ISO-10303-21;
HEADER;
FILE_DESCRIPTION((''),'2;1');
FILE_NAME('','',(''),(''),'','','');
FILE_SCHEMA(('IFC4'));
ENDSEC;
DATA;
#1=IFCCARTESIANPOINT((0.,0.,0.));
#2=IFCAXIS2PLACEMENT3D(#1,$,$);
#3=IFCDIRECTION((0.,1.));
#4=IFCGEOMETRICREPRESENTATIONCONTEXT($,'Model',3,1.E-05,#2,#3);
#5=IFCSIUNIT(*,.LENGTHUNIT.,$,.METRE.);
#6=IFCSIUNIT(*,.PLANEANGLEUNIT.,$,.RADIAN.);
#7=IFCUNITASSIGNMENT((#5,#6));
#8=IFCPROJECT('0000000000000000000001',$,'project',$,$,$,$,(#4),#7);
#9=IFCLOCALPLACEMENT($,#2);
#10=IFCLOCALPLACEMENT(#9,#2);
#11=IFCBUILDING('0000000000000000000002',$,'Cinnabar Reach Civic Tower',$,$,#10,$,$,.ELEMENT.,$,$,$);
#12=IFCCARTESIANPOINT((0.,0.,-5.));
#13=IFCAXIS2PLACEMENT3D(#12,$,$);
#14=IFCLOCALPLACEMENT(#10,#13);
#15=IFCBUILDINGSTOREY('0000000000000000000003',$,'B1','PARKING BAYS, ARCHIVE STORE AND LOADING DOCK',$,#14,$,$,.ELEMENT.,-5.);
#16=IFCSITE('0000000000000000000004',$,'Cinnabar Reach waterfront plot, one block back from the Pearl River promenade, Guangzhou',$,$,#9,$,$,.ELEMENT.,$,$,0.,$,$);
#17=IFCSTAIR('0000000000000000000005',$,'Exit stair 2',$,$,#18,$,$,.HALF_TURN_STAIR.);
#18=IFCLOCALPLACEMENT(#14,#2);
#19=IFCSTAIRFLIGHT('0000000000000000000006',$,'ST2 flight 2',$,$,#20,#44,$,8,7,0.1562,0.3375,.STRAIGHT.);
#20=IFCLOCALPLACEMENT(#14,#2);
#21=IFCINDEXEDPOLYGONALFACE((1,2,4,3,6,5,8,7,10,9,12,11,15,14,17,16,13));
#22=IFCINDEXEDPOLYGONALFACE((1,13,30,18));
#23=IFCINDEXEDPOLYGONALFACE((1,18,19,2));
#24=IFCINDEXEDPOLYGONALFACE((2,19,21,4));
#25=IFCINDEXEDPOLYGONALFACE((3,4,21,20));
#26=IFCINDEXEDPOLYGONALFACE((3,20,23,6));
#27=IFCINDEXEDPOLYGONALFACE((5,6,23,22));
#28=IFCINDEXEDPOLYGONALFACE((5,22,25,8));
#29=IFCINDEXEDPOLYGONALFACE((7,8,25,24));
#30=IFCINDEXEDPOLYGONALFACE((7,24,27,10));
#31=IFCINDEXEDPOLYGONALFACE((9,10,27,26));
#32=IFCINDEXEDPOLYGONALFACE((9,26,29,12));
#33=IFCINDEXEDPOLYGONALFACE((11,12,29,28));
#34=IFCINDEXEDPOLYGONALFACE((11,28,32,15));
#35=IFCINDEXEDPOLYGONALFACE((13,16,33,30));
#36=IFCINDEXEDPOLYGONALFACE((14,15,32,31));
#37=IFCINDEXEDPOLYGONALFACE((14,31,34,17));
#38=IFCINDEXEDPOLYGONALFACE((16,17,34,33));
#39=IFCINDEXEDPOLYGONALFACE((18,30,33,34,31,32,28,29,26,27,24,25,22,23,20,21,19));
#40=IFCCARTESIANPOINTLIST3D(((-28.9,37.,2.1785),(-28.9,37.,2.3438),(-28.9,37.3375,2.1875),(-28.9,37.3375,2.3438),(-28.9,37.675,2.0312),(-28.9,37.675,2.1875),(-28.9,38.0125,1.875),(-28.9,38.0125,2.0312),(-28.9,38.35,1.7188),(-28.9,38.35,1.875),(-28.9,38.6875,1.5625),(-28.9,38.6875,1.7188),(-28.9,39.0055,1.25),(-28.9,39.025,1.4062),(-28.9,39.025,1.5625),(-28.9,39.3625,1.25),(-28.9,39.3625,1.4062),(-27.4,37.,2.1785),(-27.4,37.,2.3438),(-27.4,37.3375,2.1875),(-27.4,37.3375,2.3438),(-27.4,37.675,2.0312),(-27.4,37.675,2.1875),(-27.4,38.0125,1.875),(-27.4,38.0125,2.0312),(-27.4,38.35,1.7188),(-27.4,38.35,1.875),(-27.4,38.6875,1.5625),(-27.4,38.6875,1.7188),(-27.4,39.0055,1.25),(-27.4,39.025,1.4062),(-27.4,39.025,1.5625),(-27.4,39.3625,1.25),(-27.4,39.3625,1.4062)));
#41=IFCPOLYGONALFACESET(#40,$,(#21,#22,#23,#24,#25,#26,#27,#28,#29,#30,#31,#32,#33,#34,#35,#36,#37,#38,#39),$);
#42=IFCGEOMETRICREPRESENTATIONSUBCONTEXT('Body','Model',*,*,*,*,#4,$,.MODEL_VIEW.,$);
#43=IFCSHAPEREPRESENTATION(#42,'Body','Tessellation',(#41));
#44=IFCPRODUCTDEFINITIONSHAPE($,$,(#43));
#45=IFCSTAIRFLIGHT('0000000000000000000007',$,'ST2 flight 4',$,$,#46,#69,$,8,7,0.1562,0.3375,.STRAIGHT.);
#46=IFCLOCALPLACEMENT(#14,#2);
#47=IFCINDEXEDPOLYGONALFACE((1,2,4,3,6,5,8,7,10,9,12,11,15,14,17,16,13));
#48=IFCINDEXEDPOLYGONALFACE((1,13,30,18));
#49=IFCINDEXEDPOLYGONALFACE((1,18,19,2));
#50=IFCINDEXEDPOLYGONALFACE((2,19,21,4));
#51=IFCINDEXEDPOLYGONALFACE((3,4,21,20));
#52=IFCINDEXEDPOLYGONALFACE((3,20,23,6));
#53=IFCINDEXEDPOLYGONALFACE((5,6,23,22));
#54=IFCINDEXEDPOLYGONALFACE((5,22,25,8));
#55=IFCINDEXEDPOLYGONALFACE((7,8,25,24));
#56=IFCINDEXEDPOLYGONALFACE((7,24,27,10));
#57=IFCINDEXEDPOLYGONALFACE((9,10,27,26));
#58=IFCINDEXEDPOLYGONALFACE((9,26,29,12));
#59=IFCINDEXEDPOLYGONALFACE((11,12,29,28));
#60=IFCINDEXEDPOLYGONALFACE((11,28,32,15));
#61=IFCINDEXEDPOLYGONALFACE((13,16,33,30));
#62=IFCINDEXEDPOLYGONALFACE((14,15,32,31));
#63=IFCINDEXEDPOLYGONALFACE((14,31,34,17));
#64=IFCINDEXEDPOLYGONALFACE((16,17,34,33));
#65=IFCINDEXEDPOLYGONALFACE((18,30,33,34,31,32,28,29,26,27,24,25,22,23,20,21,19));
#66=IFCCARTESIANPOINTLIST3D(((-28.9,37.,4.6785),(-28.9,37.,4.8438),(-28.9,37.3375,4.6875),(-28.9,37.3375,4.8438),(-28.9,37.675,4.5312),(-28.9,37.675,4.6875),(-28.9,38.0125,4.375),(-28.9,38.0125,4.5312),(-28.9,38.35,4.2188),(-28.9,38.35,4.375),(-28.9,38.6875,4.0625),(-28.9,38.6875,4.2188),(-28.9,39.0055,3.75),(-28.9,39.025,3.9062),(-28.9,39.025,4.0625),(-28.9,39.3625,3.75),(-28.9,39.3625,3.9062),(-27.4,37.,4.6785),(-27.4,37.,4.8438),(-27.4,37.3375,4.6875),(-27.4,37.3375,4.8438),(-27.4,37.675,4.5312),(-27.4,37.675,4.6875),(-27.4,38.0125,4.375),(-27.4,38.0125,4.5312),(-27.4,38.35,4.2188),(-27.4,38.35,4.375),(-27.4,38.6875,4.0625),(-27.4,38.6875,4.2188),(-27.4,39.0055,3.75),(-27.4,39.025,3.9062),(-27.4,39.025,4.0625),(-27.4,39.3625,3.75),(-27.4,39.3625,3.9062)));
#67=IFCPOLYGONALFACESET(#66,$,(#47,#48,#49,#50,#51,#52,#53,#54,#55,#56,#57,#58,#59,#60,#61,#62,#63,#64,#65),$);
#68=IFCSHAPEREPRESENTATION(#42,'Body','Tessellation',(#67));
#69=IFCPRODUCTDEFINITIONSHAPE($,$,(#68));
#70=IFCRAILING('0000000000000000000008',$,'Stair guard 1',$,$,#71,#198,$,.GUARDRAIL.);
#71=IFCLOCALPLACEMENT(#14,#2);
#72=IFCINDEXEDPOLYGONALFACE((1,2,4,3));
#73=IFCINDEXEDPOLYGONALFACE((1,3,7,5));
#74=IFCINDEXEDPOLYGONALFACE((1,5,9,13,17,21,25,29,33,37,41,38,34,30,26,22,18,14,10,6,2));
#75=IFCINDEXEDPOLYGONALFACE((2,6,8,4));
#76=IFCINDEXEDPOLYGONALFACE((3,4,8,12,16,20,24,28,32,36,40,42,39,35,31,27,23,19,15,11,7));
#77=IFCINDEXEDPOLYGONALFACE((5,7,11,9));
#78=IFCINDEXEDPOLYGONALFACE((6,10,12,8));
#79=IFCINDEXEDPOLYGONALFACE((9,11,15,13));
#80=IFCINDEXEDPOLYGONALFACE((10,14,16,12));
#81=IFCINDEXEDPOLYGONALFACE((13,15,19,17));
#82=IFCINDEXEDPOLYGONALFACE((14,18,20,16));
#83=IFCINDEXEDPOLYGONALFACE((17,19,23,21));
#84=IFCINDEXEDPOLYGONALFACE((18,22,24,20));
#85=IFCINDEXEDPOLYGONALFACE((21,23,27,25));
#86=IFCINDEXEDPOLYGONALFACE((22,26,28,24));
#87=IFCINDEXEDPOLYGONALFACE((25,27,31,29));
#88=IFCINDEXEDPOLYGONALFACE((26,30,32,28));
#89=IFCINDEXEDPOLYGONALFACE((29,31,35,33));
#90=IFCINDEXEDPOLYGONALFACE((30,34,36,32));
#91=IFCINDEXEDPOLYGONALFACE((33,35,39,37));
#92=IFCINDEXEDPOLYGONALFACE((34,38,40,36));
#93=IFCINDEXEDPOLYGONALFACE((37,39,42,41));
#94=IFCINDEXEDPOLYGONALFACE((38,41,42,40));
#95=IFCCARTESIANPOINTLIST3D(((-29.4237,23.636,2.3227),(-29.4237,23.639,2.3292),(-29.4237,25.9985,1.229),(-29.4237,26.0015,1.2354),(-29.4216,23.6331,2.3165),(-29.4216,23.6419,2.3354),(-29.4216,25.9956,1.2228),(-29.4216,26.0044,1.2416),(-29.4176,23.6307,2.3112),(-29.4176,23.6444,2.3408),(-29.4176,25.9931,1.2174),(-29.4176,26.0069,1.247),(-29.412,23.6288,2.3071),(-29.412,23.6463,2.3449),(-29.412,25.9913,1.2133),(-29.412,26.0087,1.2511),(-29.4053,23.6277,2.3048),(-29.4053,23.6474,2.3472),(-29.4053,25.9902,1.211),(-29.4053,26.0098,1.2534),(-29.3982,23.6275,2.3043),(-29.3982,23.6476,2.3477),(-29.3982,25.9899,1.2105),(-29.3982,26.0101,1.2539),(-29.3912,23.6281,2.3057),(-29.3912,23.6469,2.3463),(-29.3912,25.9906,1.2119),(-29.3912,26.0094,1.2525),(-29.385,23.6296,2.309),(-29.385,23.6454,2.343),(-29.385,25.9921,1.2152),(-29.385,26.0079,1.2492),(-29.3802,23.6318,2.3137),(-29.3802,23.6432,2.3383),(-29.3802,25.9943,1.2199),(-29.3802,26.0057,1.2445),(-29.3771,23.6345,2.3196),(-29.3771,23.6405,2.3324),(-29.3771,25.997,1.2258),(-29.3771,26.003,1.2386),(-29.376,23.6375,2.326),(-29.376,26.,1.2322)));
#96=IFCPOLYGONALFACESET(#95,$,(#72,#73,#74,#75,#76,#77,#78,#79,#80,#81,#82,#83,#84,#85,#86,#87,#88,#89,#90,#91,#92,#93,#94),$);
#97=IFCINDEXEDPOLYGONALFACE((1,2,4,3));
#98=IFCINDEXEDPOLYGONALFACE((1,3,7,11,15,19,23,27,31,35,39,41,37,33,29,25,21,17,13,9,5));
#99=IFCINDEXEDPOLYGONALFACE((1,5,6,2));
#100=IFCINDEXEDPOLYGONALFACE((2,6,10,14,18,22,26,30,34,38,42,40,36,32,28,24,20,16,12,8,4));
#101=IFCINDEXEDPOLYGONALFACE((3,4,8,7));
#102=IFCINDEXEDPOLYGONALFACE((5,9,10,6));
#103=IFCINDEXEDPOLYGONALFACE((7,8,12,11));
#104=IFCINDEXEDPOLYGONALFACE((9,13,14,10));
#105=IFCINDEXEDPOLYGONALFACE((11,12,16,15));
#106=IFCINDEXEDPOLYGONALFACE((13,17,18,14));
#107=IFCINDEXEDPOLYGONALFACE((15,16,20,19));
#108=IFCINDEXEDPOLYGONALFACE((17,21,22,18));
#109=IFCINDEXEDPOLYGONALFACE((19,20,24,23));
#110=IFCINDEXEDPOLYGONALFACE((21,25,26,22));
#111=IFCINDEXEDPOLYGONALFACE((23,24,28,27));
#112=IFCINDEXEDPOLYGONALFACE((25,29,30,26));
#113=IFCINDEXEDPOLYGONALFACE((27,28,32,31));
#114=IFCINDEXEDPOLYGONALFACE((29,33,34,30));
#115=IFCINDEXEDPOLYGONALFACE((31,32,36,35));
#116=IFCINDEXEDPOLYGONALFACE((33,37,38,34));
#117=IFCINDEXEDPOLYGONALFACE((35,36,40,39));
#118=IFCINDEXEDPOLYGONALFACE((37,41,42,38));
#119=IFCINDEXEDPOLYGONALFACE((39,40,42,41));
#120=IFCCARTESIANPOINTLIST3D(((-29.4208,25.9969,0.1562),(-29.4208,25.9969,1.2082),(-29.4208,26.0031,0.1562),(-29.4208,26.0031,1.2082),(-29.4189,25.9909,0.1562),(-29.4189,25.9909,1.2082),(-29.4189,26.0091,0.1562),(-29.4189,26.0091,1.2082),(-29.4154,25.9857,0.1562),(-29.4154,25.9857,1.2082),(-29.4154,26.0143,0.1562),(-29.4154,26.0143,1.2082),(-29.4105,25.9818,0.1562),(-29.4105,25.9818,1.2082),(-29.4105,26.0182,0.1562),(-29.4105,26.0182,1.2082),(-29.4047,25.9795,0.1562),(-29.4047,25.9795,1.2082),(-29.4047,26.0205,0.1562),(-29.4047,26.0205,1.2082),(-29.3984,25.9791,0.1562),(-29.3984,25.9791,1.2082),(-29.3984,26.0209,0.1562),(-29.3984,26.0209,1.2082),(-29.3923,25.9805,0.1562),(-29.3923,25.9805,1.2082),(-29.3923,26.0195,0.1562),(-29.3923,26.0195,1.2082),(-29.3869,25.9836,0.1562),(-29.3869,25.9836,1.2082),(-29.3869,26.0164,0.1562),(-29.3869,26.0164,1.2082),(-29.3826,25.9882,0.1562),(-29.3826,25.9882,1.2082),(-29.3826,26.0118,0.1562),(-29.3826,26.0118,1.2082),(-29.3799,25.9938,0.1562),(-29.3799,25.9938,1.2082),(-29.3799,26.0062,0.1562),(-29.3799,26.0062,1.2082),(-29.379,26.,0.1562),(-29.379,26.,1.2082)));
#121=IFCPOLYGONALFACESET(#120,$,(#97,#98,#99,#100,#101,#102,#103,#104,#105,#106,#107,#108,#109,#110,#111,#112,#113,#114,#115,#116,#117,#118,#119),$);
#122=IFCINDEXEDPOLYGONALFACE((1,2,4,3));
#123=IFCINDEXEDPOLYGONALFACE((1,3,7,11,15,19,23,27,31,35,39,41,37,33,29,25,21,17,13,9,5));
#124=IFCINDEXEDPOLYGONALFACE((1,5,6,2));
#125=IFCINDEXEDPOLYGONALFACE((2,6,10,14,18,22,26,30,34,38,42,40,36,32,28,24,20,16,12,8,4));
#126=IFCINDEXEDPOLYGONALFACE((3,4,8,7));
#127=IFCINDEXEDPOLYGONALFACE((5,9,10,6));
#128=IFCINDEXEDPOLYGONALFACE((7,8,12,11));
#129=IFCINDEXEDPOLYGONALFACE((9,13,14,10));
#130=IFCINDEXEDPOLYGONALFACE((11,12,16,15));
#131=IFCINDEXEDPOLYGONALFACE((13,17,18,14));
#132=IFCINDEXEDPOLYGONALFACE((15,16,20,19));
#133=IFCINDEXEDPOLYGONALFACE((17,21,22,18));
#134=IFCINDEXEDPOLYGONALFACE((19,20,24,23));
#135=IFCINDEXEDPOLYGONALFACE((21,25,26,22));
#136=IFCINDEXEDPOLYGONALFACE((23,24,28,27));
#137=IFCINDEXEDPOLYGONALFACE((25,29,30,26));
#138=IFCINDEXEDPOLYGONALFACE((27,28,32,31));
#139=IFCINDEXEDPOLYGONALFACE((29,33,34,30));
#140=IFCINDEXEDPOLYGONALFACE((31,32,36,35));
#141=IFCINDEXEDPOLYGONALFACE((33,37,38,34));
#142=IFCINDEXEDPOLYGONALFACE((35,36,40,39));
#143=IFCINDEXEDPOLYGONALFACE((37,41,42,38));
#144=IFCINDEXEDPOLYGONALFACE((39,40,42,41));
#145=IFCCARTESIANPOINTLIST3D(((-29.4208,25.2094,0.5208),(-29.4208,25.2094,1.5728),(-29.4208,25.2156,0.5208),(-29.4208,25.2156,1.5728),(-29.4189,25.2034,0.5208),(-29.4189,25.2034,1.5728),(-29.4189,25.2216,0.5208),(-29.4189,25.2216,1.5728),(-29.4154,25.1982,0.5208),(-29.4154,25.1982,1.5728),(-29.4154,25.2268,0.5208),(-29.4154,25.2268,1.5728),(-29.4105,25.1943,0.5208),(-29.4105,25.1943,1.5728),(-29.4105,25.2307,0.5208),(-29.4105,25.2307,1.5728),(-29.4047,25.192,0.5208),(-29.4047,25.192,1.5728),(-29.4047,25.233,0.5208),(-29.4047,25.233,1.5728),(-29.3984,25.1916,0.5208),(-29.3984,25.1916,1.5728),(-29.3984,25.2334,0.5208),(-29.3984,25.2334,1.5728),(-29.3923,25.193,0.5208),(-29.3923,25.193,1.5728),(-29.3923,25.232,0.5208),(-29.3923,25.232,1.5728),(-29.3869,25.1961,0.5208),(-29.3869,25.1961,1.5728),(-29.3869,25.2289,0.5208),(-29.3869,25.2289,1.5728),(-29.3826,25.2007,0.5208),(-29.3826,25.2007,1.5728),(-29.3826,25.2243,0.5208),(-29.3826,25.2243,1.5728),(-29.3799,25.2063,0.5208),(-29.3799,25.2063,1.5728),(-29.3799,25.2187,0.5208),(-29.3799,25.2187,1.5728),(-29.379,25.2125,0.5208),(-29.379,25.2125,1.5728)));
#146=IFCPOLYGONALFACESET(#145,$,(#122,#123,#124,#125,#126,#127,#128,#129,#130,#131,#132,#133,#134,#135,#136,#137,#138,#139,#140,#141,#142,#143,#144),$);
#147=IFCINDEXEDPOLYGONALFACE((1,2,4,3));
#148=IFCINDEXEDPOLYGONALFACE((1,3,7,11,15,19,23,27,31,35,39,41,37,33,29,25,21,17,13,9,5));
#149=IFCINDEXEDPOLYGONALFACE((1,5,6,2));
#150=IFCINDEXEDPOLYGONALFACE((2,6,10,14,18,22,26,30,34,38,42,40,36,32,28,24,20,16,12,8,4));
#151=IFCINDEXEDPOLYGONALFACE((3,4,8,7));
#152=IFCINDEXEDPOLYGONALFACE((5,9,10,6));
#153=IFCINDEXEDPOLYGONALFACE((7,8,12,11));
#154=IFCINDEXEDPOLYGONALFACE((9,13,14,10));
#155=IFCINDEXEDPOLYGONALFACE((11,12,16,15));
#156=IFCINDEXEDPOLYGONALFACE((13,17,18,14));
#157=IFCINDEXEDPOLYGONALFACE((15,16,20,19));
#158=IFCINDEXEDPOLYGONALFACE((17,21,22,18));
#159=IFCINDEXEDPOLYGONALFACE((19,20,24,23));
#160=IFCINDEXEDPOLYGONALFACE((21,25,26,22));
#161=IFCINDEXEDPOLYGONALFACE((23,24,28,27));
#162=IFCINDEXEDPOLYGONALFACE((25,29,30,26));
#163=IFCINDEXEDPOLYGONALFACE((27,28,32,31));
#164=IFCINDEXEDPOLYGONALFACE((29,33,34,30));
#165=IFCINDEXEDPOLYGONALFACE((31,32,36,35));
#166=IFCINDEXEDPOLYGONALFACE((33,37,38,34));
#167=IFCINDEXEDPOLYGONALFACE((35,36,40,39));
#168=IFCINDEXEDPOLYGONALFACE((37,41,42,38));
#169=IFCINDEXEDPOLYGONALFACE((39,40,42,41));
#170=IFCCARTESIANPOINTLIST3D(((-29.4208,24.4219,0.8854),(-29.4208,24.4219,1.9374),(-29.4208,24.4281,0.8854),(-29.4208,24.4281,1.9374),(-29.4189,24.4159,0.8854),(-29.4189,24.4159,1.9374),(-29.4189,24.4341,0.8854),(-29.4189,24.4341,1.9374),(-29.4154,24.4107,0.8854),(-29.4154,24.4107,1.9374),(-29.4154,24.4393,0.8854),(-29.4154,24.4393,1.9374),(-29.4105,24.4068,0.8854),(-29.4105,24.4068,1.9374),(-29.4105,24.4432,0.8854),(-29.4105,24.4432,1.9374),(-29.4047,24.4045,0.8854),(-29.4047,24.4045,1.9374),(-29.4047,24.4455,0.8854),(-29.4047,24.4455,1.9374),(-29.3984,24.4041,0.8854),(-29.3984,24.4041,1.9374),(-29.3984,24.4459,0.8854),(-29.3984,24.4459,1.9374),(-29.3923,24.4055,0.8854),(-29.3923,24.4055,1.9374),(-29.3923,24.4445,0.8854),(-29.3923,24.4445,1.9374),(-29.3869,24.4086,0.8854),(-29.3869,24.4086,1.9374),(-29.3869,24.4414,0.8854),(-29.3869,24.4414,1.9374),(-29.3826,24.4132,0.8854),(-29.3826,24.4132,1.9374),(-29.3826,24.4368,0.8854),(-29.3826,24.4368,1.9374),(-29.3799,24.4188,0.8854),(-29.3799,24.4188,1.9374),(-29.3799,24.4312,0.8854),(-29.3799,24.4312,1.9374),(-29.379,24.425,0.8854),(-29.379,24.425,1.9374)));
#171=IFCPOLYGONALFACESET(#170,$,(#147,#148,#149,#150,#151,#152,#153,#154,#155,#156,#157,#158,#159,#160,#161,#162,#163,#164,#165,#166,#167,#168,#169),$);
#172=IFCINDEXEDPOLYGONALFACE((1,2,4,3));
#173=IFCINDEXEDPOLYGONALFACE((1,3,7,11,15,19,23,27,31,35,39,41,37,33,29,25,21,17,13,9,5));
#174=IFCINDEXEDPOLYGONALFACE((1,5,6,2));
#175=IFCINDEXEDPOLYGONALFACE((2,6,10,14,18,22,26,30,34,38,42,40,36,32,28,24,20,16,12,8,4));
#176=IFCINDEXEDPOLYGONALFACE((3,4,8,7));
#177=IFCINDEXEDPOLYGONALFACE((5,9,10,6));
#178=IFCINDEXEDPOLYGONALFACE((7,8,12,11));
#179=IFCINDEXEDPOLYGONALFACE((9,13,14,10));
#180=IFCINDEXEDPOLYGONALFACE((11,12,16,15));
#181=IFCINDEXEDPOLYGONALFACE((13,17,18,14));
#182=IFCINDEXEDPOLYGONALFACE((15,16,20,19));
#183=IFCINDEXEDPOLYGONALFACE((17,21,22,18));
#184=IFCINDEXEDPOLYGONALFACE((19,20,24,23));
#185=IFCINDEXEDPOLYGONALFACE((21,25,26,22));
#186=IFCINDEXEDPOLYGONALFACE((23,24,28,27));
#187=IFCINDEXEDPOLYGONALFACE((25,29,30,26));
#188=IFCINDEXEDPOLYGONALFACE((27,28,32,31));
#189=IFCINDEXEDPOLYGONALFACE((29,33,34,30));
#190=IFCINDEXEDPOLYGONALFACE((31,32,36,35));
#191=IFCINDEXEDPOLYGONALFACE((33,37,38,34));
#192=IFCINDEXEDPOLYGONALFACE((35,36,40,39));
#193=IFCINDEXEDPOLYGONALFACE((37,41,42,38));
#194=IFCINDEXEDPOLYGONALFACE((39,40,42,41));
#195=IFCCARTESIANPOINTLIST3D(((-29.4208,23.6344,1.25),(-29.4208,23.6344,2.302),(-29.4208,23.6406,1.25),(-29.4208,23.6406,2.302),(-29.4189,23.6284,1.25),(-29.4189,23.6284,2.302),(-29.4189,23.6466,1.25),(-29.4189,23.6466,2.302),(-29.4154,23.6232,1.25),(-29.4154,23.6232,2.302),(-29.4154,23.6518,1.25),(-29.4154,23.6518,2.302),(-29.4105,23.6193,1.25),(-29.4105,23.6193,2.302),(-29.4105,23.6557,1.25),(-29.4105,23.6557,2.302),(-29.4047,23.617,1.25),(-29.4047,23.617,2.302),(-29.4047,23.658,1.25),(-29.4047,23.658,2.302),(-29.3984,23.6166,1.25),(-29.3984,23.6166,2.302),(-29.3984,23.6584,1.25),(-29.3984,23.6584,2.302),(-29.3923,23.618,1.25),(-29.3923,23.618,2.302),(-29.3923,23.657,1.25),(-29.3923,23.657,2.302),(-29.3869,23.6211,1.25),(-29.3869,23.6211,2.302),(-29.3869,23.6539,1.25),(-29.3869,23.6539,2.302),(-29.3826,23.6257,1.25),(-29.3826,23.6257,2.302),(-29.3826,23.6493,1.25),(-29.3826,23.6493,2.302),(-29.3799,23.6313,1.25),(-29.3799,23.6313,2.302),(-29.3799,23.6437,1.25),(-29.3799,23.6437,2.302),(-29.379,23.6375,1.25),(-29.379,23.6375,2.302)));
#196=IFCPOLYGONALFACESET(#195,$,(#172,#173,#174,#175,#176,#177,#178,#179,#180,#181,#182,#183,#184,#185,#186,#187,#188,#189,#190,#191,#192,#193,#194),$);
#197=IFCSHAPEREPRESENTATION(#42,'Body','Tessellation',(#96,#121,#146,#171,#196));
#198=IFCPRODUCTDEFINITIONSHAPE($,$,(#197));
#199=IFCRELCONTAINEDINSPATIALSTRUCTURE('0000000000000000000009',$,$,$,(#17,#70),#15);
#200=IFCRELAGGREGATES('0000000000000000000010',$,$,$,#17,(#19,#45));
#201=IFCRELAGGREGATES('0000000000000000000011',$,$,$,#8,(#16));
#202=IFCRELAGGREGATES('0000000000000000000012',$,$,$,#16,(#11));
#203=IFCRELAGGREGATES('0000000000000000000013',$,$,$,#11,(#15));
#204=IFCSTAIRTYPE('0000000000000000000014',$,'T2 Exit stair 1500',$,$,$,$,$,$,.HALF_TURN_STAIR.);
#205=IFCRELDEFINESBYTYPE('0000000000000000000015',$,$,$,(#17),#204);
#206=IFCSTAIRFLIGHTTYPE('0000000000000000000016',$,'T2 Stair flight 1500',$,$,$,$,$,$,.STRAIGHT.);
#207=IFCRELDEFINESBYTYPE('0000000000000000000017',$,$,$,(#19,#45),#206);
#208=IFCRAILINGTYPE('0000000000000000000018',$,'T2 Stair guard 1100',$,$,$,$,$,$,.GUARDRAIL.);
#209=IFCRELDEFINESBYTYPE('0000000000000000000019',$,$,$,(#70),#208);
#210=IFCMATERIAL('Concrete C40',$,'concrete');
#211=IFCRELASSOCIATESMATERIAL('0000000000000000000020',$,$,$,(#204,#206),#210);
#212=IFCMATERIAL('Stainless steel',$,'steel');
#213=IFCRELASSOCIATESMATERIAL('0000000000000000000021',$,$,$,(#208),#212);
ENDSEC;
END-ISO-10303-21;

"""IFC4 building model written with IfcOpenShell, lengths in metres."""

from ifc_helpers import new_model, si_unit, direction, frame, origin, origin_2d, place, context, subcontext, project, spatial, polyline, circle, outline, extrude, material, type_object, element, aggregate, save


model = new_model("IFC4")

# Units and contexts
model_context = context("Model", 3, precision=1e-05, world=origin(), true_north=direction((0.0, 1.0)))
body_context = subcontext(model_context, "Body", "Model", "MODEL_VIEW")
ifc_project = project(units=[si_unit("LENGTHUNIT", "METRE"), si_unit("PLANEANGLEUNIT", "RADIAN")], contexts=[model_context])

# Site, building, storey
site_placement = place(None, origin())
site = spatial("IfcSite", under=ifc_project, at=site_placement, Name="Cinnabar Reach waterfront plot, one block back from the Pearl River promenade, Guangzhou", CompositionType="ELEMENT", RefElevation=0.0)
building_placement = place(site_placement, origin())
building = spatial("IfcBuilding", under=site, at=building_placement, Name="Cinnabar Reach Civic Tower", CompositionType="ELEMENT")
storey_placement = place(building_placement, frame((0.0, 0.0, -5.0)))
storey = spatial("IfcBuildingStorey", under=building, at=storey_placement, Name="B1", Description="PARKING BAYS, ARCHIVE STORE AND LOADING DOCK", CompositionType="ELEMENT", Elevation=-5.0)

# Shared definitions
ifc_material_1 = material(Name="Concrete C40", Category="concrete")

# Stair, stair flights
stair_type = type_object("IfcStairType", Name="T2 Exit stair 1500", PredefinedType="HALF_TURN_STAIR", material=ifc_material_1)
stair_placement = place(storey_placement, origin())
stair = element("IfcStair", 1, at=stair_placement, inside=storey, type_object=stair_type, Name="Exit stair 2", PredefinedType="HALF_TURN_STAIR")
stair_flight_type = type_object("IfcStairFlightType", Name="T2 Stair flight 1500", PredefinedType="STRAIGHT", material=ifc_material_1)
stair_flight_1_placement = place(storey_placement, frame((-28.15, 39.3625, 1.25), z_axis=(0.0, 0.0, 1.0), x_axis=(0.0, -1.0, 0.0)))
stair_flight_1 = element("IfcStairFlight", 2, at=stair_flight_1_placement, type_object=stair_flight_type, Name="ST2 flight 2", NumberOfRisers=8, NumberOfTreads=7, PredefinedType="STRAIGHT", RiserHeight=0.1562, TreadLength=0.3375, context=body_context, shape_type="SweptSolid", body=[
    extrude(outline(polyline([(0.0, 0.0), (0.0, 0.1562), (0.3375, 0.1562), (0.3375, 0.3125), (0.675, 0.3125), (0.675, 0.4688), (1.0125, 0.4688), (1.0125, 0.625), (1.35, 0.625), (1.35, 0.7812), (1.6875, 0.7812), (1.6875, 0.9375), (2.025, 0.9375), (2.025, 1.0938), (2.3625, 1.0938), (2.3625, 1.25), (2.3625, 0.9285), (0.357, 0.0), (0.0, 0.0)])), frame((0.0, 0.75, 0.0), z_axis=(0.0, -1.0, 0.0), x_axis=(1.0, 0.0, 0.0)), (0.0, 0.0, 1.0), 1.5),
])
stair_flight_2_placement = place(storey_placement, frame((-28.15, 39.3625, 3.75), z_axis=(0.0, 0.0, 1.0), x_axis=(0.0, -1.0, 0.0)))
stair_flight_2 = element("IfcStairFlight", 3, at=stair_flight_2_placement, type_object=stair_flight_type, Name="ST2 flight 4", NumberOfRisers=8, NumberOfTreads=7, PredefinedType="STRAIGHT", RiserHeight=0.1562, TreadLength=0.3375, context=body_context, shape_type="SweptSolid", body=[
    extrude(outline(polyline([(0.0, 0.0), (0.0, 0.1562), (0.3375, 0.1562), (0.3375, 0.3125), (0.675, 0.3125), (0.675, 0.4688), (1.0125, 0.4688), (1.0125, 0.625), (1.35, 0.625), (1.35, 0.7812), (1.6875, 0.7812), (1.6875, 0.9375), (2.025, 0.9375), (2.025, 1.0938), (2.3625, 1.0938), (2.3625, 1.25), (2.3625, 0.9285), (0.357, 0.0), (0.0, 0.0)])), frame((0.0, 0.75, 0.0), z_axis=(0.0, -1.0, 0.0), x_axis=(1.0, 0.0, 0.0)), (0.0, 0.0, 1.0), 1.5),
])
aggregate(stair, [stair_flight_1, stair_flight_2])

# Railing
ifc_material_2 = material(Name="Stainless steel", Category="steel")
railing_type = type_object("IfcRailingType", Name="T2 Stair guard 1100", PredefinedType="GUARDRAIL", material=ifc_material_2)
railing_1_placement = place(storey_placement, frame((-29.4, 26.0, 0.1562)))
element("IfcRailing", 4, at=railing_1_placement, inside=storey, type_object=railing_type, Name="Stair guard 1", PredefinedType="GUARDRAIL", context=body_context, shape_type="SweptSolid", body=[
    extrude(circle(Radius=0.024, at=origin_2d()), frame((0.0, 0.0, 1.076), z_axis=(0.0, -0.90746, 0.420139), x_axis=(1.0, 0.0, 0.0)), (0.0, 0.0, 1.0), 2.6034),
    extrude(circle(Radius=0.021, at=origin_2d()), origin(), (0.0, 0.0, 1.0), 1.052),
    extrude(circle(Radius=0.021, at=origin_2d()), frame((0.0, -0.7875, 0.3646)), (0.0, 0.0, 1.0), 1.052),
    extrude(circle(Radius=0.021, at=origin_2d()), frame((0.0, -1.575, 0.7292)), (0.0, 0.0, 1.0), 1.052),
    extrude(circle(Radius=0.021, at=origin_2d()), frame((0.0, -2.3625, 1.0938)), (0.0, 0.0, 1.0), 1.052),
])

save(model, "model.ifc")
